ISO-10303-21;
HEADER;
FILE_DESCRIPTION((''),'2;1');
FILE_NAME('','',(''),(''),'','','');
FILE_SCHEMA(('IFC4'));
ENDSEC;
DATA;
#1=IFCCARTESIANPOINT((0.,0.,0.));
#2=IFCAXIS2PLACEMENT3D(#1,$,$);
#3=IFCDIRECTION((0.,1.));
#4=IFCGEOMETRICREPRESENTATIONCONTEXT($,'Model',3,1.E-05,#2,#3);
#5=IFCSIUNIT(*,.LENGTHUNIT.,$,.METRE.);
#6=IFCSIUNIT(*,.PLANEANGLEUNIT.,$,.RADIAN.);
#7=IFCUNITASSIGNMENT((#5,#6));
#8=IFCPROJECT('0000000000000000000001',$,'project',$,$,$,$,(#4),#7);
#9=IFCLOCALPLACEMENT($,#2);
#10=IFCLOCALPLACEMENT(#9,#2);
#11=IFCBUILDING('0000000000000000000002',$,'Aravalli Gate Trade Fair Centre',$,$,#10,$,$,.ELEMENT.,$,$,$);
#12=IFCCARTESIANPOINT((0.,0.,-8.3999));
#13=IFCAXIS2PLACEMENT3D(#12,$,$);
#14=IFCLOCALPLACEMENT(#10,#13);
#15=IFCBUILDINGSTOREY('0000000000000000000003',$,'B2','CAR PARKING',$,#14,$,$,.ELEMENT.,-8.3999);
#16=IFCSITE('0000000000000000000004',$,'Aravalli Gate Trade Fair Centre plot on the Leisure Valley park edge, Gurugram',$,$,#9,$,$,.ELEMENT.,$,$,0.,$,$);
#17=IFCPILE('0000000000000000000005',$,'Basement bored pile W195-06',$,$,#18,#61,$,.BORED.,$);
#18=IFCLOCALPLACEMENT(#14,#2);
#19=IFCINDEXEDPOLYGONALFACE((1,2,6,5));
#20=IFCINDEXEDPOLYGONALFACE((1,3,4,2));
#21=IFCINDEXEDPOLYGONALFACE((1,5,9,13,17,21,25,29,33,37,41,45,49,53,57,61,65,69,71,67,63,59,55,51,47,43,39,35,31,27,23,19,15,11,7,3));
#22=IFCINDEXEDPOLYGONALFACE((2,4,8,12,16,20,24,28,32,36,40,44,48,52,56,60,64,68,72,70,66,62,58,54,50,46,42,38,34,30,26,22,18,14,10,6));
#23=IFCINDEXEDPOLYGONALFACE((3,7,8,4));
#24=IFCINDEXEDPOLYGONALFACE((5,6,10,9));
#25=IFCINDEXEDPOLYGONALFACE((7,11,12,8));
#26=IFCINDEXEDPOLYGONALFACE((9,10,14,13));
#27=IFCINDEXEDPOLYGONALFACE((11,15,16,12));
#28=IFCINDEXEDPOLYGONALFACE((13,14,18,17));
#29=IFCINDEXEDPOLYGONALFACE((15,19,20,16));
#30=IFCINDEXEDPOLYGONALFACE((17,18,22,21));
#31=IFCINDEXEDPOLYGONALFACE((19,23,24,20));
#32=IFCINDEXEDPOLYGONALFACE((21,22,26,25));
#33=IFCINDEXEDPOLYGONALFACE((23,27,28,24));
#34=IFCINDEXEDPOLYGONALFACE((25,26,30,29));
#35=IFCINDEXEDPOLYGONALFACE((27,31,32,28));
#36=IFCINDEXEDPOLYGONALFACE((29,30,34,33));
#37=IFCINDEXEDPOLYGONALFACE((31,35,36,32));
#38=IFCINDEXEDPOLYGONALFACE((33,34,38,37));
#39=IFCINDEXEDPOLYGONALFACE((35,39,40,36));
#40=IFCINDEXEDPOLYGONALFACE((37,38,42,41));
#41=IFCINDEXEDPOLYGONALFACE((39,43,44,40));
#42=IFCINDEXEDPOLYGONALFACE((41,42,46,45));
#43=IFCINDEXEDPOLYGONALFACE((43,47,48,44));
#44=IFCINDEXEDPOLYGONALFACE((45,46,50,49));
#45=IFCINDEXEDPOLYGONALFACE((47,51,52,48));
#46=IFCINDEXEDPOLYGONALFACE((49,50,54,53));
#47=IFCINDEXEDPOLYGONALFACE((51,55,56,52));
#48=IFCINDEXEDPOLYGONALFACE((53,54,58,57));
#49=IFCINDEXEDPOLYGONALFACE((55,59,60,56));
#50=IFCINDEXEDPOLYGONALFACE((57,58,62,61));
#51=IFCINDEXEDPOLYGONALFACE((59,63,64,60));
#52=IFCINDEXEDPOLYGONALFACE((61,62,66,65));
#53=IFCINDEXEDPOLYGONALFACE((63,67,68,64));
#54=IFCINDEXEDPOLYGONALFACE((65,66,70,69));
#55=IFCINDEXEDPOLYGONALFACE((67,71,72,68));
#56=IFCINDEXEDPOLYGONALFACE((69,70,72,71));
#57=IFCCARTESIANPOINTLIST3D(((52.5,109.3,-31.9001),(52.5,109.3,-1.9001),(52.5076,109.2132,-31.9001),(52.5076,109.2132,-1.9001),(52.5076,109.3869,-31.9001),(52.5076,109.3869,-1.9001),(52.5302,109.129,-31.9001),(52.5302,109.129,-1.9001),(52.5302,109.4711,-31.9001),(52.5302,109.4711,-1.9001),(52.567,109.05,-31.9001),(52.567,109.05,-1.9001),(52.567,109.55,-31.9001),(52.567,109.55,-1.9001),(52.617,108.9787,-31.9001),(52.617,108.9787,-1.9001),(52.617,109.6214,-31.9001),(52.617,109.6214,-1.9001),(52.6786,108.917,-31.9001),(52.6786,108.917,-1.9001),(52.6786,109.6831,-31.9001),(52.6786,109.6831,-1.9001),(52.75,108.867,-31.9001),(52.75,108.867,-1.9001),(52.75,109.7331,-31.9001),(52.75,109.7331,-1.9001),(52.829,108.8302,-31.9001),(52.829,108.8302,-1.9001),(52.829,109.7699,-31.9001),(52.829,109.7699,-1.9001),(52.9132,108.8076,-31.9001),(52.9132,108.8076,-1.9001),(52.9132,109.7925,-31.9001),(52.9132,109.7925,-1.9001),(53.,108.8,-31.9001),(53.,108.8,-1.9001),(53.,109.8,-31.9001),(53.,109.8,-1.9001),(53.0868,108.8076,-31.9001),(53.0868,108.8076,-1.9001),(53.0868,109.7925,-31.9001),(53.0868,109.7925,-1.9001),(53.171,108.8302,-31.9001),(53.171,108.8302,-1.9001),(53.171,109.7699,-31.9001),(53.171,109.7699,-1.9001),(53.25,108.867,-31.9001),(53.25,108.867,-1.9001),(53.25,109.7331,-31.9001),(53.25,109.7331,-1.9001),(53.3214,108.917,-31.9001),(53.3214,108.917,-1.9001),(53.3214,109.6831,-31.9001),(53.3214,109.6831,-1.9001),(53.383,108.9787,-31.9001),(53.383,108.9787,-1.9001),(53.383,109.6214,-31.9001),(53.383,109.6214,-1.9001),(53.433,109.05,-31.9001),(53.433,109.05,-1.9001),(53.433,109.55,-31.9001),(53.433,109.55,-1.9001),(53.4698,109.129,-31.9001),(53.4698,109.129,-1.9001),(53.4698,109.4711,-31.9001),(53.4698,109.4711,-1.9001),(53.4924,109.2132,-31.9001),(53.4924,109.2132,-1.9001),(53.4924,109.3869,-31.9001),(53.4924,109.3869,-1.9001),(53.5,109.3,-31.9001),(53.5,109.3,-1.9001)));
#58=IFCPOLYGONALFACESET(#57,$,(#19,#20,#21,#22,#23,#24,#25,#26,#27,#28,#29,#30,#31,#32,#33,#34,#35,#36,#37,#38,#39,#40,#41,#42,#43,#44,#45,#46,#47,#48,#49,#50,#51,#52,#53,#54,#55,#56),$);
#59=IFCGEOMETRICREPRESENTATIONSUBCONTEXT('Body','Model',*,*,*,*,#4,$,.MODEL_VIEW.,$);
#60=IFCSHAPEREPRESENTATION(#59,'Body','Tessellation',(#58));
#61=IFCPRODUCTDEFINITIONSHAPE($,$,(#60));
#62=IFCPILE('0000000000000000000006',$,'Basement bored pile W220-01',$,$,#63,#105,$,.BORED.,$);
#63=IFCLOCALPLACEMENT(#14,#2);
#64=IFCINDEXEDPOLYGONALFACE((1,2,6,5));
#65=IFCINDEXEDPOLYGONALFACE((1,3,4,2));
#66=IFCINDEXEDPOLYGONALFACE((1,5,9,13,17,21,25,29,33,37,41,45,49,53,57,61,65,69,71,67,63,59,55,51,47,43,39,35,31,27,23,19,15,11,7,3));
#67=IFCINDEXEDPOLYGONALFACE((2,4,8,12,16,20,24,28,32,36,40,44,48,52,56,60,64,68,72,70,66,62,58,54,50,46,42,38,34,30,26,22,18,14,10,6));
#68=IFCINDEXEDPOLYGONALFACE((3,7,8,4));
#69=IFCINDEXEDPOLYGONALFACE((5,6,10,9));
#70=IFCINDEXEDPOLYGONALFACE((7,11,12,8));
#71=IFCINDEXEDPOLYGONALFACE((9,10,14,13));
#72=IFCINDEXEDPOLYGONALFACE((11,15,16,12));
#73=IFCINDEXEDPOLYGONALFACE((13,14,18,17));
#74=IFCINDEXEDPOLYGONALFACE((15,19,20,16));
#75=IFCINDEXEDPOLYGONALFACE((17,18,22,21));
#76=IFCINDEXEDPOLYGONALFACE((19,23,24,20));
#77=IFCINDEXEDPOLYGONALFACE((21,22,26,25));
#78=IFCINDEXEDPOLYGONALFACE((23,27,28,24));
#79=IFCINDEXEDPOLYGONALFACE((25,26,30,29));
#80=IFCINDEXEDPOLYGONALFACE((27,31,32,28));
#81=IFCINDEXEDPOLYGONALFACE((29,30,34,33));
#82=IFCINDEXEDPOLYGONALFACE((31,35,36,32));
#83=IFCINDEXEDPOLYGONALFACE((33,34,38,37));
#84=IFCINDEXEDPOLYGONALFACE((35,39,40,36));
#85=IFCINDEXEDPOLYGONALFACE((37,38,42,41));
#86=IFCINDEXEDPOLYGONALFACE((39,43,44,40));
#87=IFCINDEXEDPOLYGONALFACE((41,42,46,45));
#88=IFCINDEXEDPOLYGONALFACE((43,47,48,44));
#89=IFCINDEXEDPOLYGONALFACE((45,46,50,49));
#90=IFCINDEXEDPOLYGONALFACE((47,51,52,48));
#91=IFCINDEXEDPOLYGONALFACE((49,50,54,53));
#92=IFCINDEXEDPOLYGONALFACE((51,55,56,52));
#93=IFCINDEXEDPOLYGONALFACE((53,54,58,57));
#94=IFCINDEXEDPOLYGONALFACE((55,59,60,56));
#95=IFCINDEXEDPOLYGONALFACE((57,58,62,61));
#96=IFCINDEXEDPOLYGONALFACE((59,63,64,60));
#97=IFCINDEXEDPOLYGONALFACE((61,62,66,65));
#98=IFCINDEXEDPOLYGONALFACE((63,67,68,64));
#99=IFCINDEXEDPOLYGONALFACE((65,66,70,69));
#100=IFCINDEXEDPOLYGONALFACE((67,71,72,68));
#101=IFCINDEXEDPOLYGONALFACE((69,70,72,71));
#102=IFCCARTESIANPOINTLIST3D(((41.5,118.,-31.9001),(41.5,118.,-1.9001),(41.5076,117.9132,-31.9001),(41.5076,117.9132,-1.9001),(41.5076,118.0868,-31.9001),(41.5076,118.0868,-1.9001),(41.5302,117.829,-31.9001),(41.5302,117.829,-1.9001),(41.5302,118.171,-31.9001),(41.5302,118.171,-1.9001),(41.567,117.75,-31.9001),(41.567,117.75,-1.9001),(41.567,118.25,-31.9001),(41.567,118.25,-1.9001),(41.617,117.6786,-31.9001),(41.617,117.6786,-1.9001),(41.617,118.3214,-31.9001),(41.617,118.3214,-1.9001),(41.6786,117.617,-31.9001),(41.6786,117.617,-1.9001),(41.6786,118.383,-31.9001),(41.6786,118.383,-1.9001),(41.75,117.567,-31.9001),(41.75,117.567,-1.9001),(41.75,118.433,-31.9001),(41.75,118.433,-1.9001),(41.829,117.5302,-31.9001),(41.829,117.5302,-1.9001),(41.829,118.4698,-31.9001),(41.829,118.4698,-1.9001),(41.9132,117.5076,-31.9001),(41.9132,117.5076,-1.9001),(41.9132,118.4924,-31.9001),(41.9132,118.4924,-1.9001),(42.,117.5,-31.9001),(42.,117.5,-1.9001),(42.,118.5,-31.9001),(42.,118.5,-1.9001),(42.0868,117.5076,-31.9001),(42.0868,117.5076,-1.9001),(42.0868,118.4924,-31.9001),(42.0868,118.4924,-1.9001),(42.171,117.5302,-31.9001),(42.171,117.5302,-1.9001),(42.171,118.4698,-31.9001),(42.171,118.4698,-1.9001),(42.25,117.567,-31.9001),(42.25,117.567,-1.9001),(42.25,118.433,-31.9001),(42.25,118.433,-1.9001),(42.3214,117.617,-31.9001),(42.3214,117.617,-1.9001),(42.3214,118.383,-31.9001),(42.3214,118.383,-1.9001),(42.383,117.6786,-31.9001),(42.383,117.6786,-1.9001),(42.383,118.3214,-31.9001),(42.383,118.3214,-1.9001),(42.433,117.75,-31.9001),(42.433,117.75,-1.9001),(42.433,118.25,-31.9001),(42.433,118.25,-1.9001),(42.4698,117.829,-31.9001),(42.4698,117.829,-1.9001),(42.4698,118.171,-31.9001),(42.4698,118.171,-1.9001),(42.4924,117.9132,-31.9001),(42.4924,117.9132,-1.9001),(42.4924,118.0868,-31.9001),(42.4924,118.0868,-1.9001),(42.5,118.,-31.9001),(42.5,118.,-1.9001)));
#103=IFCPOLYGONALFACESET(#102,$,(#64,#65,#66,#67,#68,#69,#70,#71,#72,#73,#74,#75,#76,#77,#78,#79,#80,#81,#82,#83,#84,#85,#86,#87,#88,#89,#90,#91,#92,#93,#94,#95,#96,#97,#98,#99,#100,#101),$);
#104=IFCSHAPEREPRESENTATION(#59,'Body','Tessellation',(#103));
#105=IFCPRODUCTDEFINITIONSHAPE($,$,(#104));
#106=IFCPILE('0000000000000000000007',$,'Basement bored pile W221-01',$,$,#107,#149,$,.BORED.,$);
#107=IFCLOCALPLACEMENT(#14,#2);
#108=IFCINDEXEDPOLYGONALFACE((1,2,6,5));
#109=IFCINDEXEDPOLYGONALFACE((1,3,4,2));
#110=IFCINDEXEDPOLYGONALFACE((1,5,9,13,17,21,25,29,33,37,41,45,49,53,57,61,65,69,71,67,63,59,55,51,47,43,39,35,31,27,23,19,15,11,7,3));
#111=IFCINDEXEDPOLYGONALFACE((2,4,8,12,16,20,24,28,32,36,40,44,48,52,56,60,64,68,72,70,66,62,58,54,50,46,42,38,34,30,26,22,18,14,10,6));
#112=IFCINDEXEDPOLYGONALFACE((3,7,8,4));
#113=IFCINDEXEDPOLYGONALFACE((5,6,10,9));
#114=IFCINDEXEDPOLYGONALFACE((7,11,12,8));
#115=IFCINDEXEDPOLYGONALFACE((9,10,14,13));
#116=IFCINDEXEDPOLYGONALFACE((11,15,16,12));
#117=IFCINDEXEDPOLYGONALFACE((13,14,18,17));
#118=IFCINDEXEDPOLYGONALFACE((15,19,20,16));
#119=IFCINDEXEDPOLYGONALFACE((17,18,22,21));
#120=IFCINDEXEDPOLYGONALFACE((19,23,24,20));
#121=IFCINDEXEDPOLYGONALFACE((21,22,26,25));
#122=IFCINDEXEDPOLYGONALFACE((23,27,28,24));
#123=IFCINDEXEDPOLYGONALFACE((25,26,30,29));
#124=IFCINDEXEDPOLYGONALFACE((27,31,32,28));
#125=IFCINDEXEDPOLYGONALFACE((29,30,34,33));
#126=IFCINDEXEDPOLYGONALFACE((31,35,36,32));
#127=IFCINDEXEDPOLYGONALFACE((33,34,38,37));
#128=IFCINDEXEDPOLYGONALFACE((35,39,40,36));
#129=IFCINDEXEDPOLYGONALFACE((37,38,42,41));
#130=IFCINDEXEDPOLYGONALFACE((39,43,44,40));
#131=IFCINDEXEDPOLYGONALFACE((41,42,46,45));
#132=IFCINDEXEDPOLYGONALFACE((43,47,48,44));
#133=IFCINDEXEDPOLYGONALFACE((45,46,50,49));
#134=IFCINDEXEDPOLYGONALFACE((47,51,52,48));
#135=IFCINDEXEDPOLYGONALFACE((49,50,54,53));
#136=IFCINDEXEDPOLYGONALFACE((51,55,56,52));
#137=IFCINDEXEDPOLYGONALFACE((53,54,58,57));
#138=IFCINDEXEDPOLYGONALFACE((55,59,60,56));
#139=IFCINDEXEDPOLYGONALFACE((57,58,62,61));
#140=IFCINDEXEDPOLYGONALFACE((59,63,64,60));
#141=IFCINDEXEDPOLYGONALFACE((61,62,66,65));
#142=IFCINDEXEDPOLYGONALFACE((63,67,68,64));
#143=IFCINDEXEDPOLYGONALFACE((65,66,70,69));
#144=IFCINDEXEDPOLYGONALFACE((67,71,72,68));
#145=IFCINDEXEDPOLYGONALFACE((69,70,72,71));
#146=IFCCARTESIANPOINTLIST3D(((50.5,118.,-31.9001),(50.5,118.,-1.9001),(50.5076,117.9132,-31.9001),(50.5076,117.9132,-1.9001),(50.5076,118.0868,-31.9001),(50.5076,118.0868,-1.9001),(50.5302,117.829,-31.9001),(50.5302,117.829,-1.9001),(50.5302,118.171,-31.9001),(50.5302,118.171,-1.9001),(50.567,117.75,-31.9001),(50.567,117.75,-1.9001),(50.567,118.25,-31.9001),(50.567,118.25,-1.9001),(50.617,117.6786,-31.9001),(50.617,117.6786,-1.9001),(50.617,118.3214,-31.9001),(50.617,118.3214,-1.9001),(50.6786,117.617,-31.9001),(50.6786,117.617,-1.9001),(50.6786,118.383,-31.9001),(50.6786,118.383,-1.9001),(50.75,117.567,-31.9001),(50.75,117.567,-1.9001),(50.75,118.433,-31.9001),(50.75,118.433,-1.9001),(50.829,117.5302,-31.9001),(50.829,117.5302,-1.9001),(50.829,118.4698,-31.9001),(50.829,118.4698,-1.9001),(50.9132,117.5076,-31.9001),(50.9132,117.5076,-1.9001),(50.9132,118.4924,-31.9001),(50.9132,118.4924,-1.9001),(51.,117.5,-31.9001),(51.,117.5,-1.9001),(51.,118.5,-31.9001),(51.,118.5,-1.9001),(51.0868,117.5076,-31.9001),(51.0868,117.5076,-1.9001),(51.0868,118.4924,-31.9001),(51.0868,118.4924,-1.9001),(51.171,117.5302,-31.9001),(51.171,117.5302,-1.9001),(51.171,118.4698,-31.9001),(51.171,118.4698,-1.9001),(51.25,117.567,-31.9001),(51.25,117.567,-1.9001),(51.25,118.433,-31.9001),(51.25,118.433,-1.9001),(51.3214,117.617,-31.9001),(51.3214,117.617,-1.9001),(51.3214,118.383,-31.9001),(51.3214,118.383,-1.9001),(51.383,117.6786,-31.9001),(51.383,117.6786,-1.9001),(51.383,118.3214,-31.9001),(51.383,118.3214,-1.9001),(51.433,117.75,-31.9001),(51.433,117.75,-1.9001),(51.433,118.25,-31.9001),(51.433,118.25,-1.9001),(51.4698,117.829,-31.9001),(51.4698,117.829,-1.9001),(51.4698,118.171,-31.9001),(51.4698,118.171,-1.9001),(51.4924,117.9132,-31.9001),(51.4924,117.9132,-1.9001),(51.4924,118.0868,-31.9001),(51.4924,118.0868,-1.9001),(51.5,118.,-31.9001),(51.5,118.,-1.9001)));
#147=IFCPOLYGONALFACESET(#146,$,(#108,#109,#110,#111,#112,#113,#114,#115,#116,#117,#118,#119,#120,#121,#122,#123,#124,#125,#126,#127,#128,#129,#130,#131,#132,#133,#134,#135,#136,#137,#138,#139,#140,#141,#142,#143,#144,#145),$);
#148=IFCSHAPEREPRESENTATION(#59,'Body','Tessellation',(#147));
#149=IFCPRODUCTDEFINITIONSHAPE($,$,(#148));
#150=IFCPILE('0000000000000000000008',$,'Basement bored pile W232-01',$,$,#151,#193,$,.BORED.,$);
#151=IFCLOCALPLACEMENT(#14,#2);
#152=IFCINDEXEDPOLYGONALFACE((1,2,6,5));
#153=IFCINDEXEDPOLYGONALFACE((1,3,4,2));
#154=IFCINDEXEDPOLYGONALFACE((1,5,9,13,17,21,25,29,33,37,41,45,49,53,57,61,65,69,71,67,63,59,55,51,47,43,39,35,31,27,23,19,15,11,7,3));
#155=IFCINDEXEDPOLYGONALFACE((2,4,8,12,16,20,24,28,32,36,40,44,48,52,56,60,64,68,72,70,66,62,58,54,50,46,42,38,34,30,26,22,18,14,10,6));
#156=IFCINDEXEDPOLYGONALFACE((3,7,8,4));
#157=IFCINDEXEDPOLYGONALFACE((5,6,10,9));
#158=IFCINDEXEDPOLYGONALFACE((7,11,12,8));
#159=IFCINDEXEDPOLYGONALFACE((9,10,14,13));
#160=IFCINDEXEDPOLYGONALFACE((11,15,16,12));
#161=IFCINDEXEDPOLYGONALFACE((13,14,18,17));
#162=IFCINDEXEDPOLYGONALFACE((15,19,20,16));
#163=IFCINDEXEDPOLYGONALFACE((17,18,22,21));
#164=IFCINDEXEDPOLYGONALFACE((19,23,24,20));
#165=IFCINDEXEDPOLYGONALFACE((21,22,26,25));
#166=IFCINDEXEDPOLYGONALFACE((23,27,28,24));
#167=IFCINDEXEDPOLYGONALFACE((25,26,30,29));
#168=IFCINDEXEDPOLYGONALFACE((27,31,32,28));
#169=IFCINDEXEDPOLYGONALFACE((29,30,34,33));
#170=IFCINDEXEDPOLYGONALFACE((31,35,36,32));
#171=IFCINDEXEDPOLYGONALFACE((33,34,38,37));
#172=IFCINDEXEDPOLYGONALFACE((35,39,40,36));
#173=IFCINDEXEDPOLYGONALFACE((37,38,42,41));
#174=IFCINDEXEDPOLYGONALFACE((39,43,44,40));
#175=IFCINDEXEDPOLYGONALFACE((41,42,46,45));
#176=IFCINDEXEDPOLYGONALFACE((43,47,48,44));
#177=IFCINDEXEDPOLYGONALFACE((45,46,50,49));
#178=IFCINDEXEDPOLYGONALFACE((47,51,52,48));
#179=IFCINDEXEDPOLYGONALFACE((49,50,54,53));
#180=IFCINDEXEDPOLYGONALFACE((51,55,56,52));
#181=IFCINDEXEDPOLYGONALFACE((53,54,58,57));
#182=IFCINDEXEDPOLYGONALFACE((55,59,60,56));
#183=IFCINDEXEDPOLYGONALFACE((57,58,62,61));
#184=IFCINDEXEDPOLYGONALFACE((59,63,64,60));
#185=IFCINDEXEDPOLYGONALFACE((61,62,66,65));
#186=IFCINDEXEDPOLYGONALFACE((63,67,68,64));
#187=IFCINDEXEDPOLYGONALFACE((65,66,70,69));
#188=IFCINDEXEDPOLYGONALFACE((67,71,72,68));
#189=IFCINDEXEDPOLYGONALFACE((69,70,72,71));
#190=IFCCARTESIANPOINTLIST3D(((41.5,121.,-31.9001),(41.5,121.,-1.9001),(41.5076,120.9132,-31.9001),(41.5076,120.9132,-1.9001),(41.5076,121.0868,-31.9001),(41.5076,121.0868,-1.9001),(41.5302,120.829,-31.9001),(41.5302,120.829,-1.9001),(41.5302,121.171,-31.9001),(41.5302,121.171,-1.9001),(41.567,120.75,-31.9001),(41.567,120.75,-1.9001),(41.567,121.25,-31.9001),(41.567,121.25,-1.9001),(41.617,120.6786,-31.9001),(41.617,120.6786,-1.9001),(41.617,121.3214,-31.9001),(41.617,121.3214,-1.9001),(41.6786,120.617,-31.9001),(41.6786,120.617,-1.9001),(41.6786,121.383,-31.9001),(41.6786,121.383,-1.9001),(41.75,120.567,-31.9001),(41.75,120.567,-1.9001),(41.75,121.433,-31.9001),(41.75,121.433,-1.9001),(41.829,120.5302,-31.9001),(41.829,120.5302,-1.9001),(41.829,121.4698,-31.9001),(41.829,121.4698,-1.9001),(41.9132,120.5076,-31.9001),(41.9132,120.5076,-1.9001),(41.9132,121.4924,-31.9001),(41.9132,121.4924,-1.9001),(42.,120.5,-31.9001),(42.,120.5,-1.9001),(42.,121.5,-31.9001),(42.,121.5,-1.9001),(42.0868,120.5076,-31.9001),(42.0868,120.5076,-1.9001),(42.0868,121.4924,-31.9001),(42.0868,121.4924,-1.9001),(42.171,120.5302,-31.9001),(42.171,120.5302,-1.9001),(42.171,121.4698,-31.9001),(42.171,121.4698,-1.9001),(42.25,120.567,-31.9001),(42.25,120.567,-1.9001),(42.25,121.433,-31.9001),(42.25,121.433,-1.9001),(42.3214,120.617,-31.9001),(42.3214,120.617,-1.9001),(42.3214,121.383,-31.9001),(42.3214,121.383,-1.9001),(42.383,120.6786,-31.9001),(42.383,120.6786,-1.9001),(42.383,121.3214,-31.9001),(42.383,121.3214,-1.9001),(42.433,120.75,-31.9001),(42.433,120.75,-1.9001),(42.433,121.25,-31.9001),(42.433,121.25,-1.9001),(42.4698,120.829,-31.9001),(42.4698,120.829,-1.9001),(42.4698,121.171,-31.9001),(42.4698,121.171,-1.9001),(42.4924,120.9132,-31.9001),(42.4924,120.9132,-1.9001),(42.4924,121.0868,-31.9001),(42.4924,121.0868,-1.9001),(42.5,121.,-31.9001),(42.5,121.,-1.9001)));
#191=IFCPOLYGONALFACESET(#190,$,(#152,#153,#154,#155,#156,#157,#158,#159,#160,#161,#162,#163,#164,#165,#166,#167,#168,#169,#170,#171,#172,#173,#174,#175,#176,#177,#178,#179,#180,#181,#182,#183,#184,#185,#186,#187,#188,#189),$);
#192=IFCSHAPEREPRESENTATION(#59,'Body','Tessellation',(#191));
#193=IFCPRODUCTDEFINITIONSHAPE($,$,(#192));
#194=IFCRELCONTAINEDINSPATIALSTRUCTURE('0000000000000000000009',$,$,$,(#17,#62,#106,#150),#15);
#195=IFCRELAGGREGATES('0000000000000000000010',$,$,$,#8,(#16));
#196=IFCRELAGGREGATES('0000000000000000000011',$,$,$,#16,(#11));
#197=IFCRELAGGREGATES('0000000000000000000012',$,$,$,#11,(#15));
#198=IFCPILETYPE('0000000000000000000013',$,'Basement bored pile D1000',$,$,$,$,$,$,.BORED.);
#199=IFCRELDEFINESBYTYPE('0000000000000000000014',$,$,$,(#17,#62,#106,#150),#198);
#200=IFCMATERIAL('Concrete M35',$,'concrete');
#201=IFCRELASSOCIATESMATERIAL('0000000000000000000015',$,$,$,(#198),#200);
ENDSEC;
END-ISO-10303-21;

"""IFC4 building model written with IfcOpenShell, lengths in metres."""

from ifc_helpers import new_model, si_unit, direction, frame, origin, origin_2d, place, context, subcontext, project, spatial, circle, extrude, material, material_profile, profile_set, type_object, element, save


model = new_model("IFC4")

# Units and contexts
model_context = context("Model", 3, precision=1e-05, world=origin(), true_north=direction((0.0, 1.0)))
body_context = subcontext(model_context, "Body", "Model", "MODEL_VIEW")
ifc_project = project(units=[si_unit("LENGTHUNIT", "METRE"), si_unit("PLANEANGLEUNIT", "RADIAN")], contexts=[model_context])

# Site, building, storey
site_placement = place(None, origin())
site = spatial("IfcSite", under=ifc_project, at=site_placement, Name="Aravalli Gate Trade Fair Centre plot on the Leisure Valley park edge, Gurugram", CompositionType="ELEMENT", RefElevation=0.0)
building_placement = place(site_placement, origin())
building = spatial("IfcBuilding", under=site, at=building_placement, Name="Aravalli Gate Trade Fair Centre", CompositionType="ELEMENT")
storey_placement = place(building_placement, frame((0.0, 0.0, -8.3999)))
storey = spatial("IfcBuildingStorey", under=building, at=storey_placement, Name="B2", Description="CAR PARKING", CompositionType="ELEMENT", Elevation=-8.3999)

# Piles
ifc_material_1 = material(Name="Concrete M35", Category="concrete")
ifc_material_profile_1 = material_profile(ifc_material_1, circle(Radius=0.5, at=origin_2d()), Name="D1000")
ifc_profile_set_1 = profile_set([ifc_material_profile_1], Name="Concrete M35")
pile_type = type_object("IfcPileType", Name="Basement bored pile D1000", PredefinedType="BORED", material=ifc_profile_set_1)
for number, where, z_axis, x_axis, name in (
    (1, (53.0, 109.3, -1.9001), (0.0, 0.0, -1.0), (1.0, 0.0, 0.0), "Basement bored pile W195-06"),
    (2, (42.0, 118.0, -1.9001), (0.0, 0.0, -1.0), (1.0, 0.0, 0.0), "Basement bored pile W220-01"),
    (3, (51.0, 118.0, -1.9001), (0.0, 0.0, -1.0), (1.0, 0.0, 0.0), "Basement bored pile W221-01"),
    (4, (42.0, 121.0, -1.9001), (0.0, 0.0, -1.0), (1.0, 0.0, 0.0), "Basement bored pile W232-01"),
):
    element("IfcPile", number, at=place(storey_placement, frame(where, z_axis=z_axis, x_axis=x_axis)), inside=storey, type_object=pile_type, Name=name, PredefinedType="BORED", context=body_context, shape_type="SweptSolid", body=[
        extrude(circle(Radius=0.5, at=origin_2d()), origin(), (0.0, 0.0, 1.0), 30.0),
    ])

save(model, "model.ifc")
